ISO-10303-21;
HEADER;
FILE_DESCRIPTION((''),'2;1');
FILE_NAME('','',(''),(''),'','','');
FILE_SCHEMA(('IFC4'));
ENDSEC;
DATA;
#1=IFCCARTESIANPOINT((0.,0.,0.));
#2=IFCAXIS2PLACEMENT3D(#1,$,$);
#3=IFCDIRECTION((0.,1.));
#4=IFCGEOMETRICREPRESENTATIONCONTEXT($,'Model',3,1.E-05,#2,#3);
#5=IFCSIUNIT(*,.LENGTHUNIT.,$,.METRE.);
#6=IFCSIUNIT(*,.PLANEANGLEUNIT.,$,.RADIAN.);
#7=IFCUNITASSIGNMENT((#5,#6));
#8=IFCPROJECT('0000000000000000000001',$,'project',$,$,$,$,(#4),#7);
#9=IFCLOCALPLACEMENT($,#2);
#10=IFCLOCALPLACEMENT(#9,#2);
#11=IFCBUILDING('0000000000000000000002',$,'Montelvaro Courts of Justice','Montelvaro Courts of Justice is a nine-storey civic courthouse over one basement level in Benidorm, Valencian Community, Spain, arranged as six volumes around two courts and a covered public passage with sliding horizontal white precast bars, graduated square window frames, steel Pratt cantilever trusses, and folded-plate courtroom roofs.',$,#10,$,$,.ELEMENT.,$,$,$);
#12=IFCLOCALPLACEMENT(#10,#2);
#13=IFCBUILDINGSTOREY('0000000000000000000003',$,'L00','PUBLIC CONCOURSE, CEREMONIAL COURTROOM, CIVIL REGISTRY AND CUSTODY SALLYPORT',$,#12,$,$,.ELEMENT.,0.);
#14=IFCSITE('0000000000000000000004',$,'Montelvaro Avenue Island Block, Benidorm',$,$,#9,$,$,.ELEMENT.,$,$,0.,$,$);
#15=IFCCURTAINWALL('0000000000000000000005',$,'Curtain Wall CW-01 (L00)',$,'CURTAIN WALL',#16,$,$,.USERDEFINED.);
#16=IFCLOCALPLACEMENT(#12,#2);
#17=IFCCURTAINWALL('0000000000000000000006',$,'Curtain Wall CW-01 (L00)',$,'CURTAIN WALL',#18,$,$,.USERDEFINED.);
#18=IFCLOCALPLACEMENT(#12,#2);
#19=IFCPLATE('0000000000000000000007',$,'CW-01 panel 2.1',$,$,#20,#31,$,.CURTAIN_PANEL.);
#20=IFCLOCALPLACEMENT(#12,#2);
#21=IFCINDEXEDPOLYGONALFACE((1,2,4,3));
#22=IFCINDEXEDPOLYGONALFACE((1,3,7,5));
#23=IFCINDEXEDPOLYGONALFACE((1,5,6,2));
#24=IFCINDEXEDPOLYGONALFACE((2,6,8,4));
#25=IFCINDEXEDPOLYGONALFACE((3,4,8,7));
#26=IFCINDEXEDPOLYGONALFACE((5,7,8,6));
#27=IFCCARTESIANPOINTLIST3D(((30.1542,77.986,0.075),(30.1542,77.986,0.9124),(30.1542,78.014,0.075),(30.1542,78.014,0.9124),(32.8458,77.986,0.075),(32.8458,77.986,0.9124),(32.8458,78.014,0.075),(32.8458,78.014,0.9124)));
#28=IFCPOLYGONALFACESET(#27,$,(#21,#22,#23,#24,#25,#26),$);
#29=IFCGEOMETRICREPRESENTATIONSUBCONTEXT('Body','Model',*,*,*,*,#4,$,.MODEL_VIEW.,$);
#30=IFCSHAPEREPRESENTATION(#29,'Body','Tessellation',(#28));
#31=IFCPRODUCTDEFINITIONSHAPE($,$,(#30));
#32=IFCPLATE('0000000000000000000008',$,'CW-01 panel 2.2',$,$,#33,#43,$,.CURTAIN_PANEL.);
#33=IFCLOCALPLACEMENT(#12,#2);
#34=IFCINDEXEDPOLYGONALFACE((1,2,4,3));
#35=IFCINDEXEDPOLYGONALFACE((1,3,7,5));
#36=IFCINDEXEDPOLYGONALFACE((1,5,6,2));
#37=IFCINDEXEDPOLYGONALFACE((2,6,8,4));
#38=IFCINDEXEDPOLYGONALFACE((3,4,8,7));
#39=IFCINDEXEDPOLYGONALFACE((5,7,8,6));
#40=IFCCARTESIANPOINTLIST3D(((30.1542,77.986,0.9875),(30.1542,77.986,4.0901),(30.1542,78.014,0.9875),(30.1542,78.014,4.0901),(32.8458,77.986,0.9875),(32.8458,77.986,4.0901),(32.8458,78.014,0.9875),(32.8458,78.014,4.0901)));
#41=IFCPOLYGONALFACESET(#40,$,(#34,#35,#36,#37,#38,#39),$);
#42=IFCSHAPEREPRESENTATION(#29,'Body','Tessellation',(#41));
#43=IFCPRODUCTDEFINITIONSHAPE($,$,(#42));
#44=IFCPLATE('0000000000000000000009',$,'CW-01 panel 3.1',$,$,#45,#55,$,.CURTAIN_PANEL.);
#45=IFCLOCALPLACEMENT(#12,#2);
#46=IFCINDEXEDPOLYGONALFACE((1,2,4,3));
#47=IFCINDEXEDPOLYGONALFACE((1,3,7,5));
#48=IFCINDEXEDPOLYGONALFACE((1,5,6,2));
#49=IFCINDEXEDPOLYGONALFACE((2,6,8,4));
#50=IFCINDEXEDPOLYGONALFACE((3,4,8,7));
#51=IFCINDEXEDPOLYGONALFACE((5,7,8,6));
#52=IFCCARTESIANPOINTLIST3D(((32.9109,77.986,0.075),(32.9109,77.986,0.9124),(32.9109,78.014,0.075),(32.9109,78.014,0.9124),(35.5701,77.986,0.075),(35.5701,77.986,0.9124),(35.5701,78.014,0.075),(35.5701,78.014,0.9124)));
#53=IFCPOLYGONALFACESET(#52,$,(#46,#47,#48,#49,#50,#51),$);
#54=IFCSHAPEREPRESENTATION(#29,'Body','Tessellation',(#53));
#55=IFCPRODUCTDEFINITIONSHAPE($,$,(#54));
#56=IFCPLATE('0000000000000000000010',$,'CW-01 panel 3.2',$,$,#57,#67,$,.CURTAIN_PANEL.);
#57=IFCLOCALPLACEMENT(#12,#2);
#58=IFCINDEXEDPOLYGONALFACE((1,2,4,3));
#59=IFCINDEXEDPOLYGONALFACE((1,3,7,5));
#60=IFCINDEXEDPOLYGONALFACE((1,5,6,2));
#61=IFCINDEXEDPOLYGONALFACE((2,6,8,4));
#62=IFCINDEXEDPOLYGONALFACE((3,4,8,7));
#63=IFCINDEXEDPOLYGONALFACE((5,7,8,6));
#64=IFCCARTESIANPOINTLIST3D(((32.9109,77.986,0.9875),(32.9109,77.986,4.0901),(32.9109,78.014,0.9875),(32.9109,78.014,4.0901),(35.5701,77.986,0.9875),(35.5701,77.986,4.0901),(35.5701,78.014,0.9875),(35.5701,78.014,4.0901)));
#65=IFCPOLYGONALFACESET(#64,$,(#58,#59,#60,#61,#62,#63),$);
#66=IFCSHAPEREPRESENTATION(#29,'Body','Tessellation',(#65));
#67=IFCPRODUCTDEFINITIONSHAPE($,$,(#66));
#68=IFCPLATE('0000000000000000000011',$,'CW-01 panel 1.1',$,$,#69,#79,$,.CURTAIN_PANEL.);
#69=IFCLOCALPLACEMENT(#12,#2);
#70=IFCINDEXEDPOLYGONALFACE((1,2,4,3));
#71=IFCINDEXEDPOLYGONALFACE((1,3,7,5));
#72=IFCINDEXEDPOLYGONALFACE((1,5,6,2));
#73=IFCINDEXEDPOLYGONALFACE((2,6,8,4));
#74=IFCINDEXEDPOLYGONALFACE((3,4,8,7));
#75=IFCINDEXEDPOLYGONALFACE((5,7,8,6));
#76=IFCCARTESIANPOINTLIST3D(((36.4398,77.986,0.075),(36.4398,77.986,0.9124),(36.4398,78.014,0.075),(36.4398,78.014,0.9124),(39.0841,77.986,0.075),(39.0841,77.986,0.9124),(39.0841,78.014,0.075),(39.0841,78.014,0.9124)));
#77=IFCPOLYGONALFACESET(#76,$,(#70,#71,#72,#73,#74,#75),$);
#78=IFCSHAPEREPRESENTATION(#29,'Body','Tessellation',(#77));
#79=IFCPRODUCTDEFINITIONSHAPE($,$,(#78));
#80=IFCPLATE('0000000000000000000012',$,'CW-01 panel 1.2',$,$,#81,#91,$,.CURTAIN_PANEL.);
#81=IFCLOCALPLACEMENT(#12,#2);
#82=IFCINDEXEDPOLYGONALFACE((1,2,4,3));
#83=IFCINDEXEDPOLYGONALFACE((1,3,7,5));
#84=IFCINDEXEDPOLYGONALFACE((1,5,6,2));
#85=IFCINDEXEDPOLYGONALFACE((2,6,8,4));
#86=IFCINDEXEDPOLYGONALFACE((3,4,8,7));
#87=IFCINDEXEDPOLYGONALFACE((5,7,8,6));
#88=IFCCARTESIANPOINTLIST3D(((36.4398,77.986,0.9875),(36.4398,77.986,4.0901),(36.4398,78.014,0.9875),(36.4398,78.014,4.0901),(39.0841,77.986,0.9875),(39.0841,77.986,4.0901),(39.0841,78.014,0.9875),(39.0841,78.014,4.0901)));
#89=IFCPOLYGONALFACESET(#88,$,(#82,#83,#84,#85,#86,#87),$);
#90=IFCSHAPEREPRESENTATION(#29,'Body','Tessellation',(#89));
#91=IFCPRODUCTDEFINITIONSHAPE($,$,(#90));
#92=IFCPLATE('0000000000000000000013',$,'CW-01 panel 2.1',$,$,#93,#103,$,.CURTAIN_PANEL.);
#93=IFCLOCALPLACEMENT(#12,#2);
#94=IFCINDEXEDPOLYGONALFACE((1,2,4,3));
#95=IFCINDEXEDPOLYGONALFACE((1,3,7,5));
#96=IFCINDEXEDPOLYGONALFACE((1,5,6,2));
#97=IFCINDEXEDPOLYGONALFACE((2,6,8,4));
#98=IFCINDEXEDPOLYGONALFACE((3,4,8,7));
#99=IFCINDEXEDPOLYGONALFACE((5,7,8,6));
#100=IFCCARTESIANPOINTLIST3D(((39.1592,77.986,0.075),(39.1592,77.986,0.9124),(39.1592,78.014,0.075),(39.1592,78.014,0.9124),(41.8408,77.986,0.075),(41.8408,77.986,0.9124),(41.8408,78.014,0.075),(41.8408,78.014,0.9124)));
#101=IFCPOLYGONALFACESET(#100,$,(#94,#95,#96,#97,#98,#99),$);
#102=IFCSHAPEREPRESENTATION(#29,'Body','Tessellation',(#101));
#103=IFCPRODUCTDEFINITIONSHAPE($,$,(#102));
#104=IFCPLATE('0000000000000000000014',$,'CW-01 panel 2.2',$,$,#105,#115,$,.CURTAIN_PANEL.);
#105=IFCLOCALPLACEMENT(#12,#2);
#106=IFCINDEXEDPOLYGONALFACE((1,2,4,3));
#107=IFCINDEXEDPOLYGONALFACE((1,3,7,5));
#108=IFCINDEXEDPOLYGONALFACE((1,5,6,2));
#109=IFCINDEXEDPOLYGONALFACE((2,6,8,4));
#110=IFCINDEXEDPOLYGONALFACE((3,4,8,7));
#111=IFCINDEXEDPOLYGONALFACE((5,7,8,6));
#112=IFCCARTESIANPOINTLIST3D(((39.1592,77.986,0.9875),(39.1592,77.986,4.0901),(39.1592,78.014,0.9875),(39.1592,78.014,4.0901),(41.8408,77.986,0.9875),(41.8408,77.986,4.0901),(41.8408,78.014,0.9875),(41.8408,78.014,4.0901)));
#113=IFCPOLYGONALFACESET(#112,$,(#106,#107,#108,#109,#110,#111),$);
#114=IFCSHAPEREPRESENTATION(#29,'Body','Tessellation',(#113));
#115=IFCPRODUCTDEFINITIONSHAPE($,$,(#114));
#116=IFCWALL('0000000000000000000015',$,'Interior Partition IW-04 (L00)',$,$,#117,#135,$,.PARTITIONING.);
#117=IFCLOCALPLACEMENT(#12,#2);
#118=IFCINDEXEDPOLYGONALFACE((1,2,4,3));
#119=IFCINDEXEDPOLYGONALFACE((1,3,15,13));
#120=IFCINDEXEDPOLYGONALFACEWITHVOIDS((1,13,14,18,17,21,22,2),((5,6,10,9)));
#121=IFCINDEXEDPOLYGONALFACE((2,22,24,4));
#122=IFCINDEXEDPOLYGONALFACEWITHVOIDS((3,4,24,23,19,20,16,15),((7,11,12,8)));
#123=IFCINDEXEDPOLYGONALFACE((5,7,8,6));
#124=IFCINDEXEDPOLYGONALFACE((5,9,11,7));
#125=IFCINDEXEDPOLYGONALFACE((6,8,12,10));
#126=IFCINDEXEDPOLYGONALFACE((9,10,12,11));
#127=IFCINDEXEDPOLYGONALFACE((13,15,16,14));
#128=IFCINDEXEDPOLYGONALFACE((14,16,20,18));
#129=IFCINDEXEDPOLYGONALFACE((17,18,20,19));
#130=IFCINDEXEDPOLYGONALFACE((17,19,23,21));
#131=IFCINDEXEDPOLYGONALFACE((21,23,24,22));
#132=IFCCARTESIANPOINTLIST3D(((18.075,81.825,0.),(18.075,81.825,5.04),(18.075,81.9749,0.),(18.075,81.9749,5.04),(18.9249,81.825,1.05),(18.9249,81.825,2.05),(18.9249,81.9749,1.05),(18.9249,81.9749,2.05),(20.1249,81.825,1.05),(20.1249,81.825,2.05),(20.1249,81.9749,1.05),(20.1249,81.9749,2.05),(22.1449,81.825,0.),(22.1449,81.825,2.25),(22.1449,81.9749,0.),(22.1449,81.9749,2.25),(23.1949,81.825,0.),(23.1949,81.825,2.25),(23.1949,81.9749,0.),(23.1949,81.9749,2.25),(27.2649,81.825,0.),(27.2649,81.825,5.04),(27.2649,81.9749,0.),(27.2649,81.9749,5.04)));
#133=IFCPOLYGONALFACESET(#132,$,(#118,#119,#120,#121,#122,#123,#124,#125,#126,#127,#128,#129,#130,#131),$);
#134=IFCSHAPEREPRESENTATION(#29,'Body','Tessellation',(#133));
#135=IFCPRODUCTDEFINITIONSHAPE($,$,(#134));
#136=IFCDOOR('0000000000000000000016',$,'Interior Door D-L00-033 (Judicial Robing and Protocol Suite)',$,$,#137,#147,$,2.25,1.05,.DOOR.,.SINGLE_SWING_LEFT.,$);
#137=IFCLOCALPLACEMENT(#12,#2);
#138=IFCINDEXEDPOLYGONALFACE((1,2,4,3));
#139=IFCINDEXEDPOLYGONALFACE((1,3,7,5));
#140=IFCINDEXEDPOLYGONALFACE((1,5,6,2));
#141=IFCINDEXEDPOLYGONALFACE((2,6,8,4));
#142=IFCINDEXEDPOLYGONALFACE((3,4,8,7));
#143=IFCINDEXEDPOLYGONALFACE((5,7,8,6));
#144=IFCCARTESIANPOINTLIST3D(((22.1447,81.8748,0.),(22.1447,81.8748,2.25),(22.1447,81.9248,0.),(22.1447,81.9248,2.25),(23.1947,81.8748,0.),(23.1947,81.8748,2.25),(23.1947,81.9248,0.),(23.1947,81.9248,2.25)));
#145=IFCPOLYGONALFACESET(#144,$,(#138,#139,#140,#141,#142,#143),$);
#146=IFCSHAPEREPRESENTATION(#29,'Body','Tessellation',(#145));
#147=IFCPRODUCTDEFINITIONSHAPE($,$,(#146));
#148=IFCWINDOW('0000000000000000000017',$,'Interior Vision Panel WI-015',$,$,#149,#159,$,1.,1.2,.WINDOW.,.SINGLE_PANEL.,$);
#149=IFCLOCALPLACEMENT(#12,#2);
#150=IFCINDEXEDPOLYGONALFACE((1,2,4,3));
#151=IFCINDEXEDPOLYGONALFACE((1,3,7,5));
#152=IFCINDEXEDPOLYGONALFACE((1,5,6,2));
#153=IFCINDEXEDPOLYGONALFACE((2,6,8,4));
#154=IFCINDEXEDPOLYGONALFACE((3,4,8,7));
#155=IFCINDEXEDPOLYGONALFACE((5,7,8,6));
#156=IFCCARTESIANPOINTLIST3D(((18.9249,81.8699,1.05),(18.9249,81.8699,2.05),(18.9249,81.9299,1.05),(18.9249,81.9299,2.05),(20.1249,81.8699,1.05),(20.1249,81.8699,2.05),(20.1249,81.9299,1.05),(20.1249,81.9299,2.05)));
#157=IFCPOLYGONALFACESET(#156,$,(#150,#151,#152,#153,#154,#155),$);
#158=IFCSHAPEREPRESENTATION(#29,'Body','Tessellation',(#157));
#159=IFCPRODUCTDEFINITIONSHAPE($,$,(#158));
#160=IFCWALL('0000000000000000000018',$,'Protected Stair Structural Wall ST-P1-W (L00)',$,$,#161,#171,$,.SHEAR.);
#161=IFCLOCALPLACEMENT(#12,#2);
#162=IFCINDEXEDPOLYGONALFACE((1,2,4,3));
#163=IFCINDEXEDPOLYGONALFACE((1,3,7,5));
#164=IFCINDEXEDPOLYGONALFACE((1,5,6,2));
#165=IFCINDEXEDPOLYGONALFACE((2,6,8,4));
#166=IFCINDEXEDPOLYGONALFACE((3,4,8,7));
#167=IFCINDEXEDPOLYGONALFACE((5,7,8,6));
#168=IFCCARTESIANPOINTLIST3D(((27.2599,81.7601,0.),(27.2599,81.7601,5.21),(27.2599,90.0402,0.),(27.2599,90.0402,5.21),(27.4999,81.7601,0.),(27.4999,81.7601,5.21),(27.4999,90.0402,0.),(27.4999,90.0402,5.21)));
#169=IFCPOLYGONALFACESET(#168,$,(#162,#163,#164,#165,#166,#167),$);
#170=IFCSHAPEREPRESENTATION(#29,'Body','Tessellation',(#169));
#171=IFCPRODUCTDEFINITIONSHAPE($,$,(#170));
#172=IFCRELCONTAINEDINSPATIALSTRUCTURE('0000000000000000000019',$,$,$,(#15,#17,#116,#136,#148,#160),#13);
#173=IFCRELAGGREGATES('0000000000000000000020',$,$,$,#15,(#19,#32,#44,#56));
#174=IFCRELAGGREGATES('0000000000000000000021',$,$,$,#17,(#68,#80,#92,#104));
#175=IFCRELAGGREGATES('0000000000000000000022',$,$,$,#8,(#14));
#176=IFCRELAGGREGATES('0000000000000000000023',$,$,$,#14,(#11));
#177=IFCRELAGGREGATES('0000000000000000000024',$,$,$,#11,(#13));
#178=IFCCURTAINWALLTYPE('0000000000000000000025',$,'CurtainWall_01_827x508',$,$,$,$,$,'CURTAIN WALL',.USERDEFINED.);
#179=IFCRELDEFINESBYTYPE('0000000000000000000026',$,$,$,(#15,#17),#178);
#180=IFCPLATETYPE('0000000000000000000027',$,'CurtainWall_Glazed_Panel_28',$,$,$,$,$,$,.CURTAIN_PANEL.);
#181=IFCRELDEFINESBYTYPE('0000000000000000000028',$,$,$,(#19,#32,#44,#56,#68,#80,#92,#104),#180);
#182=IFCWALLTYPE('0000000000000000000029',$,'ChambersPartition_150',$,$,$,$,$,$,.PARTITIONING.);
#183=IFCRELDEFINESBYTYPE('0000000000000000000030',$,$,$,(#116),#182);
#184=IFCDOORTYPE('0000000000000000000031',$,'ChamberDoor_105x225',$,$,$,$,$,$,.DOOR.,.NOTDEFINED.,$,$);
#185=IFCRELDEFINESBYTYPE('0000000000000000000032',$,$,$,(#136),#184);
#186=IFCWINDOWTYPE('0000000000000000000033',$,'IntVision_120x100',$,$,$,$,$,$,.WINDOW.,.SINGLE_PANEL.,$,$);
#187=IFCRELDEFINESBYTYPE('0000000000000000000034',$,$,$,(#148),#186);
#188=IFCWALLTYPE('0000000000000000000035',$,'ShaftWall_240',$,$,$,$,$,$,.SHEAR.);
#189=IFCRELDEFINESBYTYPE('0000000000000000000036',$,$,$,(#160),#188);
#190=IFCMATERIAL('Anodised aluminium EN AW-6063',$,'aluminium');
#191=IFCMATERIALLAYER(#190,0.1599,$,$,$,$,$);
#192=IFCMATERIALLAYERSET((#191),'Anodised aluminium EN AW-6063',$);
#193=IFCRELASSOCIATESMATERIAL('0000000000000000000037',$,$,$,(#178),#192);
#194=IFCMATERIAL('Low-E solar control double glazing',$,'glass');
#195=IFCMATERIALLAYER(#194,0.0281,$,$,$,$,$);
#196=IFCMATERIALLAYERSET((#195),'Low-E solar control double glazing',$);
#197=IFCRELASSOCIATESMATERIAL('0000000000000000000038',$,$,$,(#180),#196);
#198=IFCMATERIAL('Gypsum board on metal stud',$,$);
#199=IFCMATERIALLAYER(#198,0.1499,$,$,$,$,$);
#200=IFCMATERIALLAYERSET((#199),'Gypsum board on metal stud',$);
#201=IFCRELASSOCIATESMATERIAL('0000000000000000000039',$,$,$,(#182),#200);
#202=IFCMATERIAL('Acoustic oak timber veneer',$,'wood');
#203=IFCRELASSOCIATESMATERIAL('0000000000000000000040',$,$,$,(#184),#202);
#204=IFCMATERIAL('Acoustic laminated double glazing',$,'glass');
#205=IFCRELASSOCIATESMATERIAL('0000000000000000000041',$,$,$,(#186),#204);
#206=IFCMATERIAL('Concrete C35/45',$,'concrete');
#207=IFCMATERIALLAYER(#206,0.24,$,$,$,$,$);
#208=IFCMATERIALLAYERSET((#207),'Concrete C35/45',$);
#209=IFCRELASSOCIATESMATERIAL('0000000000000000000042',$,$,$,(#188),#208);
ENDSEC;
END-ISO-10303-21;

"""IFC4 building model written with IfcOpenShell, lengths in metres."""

from ifc_helpers import new_model, si_unit, direction, frame, frame_2d, origin, origin_2d, place, context, subcontext, project, spatial, rectangle, extrude, material, layer, layer_set, type_object, element, fill, aggregate, save


model = new_model("IFC4")

# Units and contexts
model_context = context("Model", 3, precision=1e-05, world=origin(), true_north=direction((0.0, 1.0)))
body_context = subcontext(model_context, "Body", "Model", "MODEL_VIEW")
ifc_project = project(units=[si_unit("LENGTHUNIT", "METRE"), si_unit("PLANEANGLEUNIT", "RADIAN")], contexts=[model_context])

# Site, building, storey
site_placement = place(None, origin())
site = spatial("IfcSite", under=ifc_project, at=site_placement, Name="Montelvaro Avenue Island Block, Benidorm", CompositionType="ELEMENT", RefElevation=0.0)
building_placement = place(site_placement, origin())
building = spatial("IfcBuilding", under=site, at=building_placement, Name="Montelvaro Courts of Justice", Description="Montelvaro Courts of Justice is a nine-storey civic courthouse over one basement level in Benidorm, Valencian Community, Spain, arranged as six volumes around two courts and a covered public passage with sliding horizontal white precast bars, graduated square window frames, steel Pratt cantilever trusses, and folded-plate courtroom roofs.", CompositionType="ELEMENT")
storey_placement = place(building_placement, origin())
storey = spatial("IfcBuildingStorey", under=building, at=storey_placement, Name="L00", Description="PUBLIC CONCOURSE, CEREMONIAL COURTROOM, CIVIL REGISTRY AND CUSTODY SALLYPORT", CompositionType="ELEMENT", Elevation=0.0)

# Curtain walls
ifc_material_1 = material(Name="Anodised aluminium EN AW-6063", Category="aluminium")
ifc_layer_1 = layer(ifc_material_1, 0.1599)
ifc_layer_set_1 = layer_set([ifc_layer_1], Name="Anodised aluminium EN AW-6063")
curtain_wall_type = type_object("IfcCurtainWallType", Name="CurtainWall_01_827x508", ElementType="CURTAIN WALL", PredefinedType="USERDEFINED", material=ifc_layer_set_1)
curtain_wall_1_placement = place(storey_placement, origin())
curtain_wall_1 = element("IfcCurtainWall", 1, at=curtain_wall_1_placement, inside=storey, type_object=curtain_wall_type, Name="Curtain Wall CW-01 (L00)", ObjectType="CURTAIN WALL", PredefinedType="USERDEFINED")
curtain_wall_2_placement = place(storey_placement, origin())
curtain_wall_2 = element("IfcCurtainWall", 2, at=curtain_wall_2_placement, inside=storey, type_object=curtain_wall_type, Name="Curtain Wall CW-01 (L00)", ObjectType="CURTAIN WALL", PredefinedType="USERDEFINED")

# Plates
ifc_material_2 = material(Name="Low-E solar control double glazing", Category="glass")
ifc_layer_2 = layer(ifc_material_2, 0.0281)
ifc_layer_set_2 = layer_set([ifc_layer_2], Name="Low-E solar control double glazing")
plate_type = type_object("IfcPlateType", Name="CurtainWall_Glazed_Panel_28", PredefinedType="CURTAIN_PANEL", material=ifc_layer_set_2)
plate_1_placement = place(storey_placement, frame((31.5, 78.0, 0.075), z_axis=(0.0, 0.0, 1.0), x_axis=(1.0, 0.0, 0.0)))
plate_1 = element("IfcPlate", 3, at=plate_1_placement, type_object=plate_type, Name="CW-01 panel 2.1", PredefinedType="CURTAIN_PANEL", context=body_context, shape_type="SweptSolid", body=[
    extrude(rectangle(XDim=2.6917, YDim=0.0281, at=origin_2d()), origin(), (0.0, 0.0, 1.0), 0.8374),
])
plate_2_placement = place(storey_placement, frame((31.5, 78.0, 0.9875), z_axis=(0.0, 0.0, 1.0), x_axis=(1.0, 0.0, 0.0)))
plate_2 = element("IfcPlate", 4, at=plate_2_placement, type_object=plate_type, Name="CW-01 panel 2.2", PredefinedType="CURTAIN_PANEL", context=body_context, shape_type="SweptSolid", body=[
    extrude(rectangle(XDim=2.6917, YDim=0.0281, at=origin_2d()), origin(), (0.0, 0.0, 1.0), 3.1025),
])
plate_3_placement = place(storey_placement, frame((34.2405, 78.0, 0.075), z_axis=(0.0, 0.0, 1.0), x_axis=(1.0, 0.0, 0.0)))
plate_3 = element("IfcPlate", 5, at=plate_3_placement, type_object=plate_type, Name="CW-01 panel 3.1", PredefinedType="CURTAIN_PANEL", context=body_context, shape_type="SweptSolid", body=[
    extrude(rectangle(XDim=2.6592, YDim=0.0281, at=origin_2d()), origin(), (0.0, 0.0, 1.0), 0.8374),
])
plate_4_placement = place(storey_placement, frame((34.2405, 78.0, 0.9875), z_axis=(0.0, 0.0, 1.0), x_axis=(1.0, 0.0, 0.0)))
plate_4 = element("IfcPlate", 6, at=plate_4_placement, type_object=plate_type, Name="CW-01 panel 3.2", PredefinedType="CURTAIN_PANEL", context=body_context, shape_type="SweptSolid", body=[
    extrude(rectangle(XDim=2.6592, YDim=0.0281, at=origin_2d()), origin(), (0.0, 0.0, 1.0), 3.1025),
])
aggregate(curtain_wall_1, [plate_1, plate_2, plate_3, plate_4])
plate_5_placement = place(storey_placement, frame((37.762, 78.0, 0.075), z_axis=(0.0, 0.0, 1.0), x_axis=(1.0, 0.0, 0.0)))
plate_5 = element("IfcPlate", 7, at=plate_5_placement, type_object=plate_type, Name="CW-01 panel 1.1", PredefinedType="CURTAIN_PANEL", context=body_context, shape_type="SweptSolid", body=[
    extrude(rectangle(XDim=2.6443, YDim=0.0281, at=origin_2d()), origin(), (0.0, 0.0, 1.0), 0.8374),
])
plate_6_placement = place(storey_placement, frame((37.762, 78.0, 0.9875), z_axis=(0.0, 0.0, 1.0), x_axis=(1.0, 0.0, 0.0)))
plate_6 = element("IfcPlate", 8, at=plate_6_placement, type_object=plate_type, Name="CW-01 panel 1.2", PredefinedType="CURTAIN_PANEL", context=body_context, shape_type="SweptSolid", body=[
    extrude(rectangle(XDim=2.6443, YDim=0.0281, at=origin_2d()), origin(), (0.0, 0.0, 1.0), 3.1025),
])
plate_7_placement = place(storey_placement, frame((40.5, 78.0, 0.075), z_axis=(0.0, 0.0, 1.0), x_axis=(1.0, 0.0, 0.0)))
plate_7 = element("IfcPlate", 9, at=plate_7_placement, type_object=plate_type, Name="CW-01 panel 2.1", PredefinedType="CURTAIN_PANEL", context=body_context, shape_type="SweptSolid", body=[
    extrude(rectangle(XDim=2.6816, YDim=0.0281, at=origin_2d()), origin(), (0.0, 0.0, 1.0), 0.8374),
])
plate_8_placement = place(storey_placement, frame((40.5, 78.0, 0.9875), z_axis=(0.0, 0.0, 1.0), x_axis=(1.0, 0.0, 0.0)))
plate_8 = element("IfcPlate", 10, at=plate_8_placement, type_object=plate_type, Name="CW-01 panel 2.2", PredefinedType="CURTAIN_PANEL", context=body_context, shape_type="SweptSolid", body=[
    extrude(rectangle(XDim=2.6816, YDim=0.0281, at=origin_2d()), origin(), (0.0, 0.0, 1.0), 3.1025),
])
aggregate(curtain_wall_2, [plate_5, plate_6, plate_7, plate_8])

# Wall, openings, door, window
ifc_material_3 = material(Name="Gypsum board on metal stud")
ifc_layer_3 = layer(ifc_material_3, 0.1499)
ifc_layer_set_3 = layer_set([ifc_layer_3], Name="Gypsum board on metal stud")
wall_type_1 = type_object("IfcWallType", Name="ChambersPartition_150", PredefinedType="PARTITIONING", material=ifc_layer_set_3)
wall_1_placement = place(storey_placement, frame((27.2649, 81.8999, 0.0), z_axis=(0.0, 0.0, 1.0), x_axis=(-1.0, 0.0, 0.0)))
wall_1 = element("IfcWall", 11, at=wall_1_placement, inside=storey, type_object=wall_type_1, Name="Interior Partition IW-04 (L00)", PredefinedType="PARTITIONING", context=body_context, shape_type="SweptSolid", body=[
    extrude(rectangle(XDim=9.1899, YDim=0.1499, at=frame_2d((4.595, 0.0))), origin(), (0.0, 0.0, 1.0), 5.04),
])
opening_1_placement = place(wall_1_placement, frame((4.0701, 0.0, 0.0)))
opening_1 = element("IfcOpeningElement", 12, at=opening_1_placement, cuts=wall_1, PredefinedType="OPENING", context=body_context, shape_type="SweptSolid", body=[
    extrude(rectangle(XDim=1.05, YDim=2.25, at=frame_2d((0.5249, 1.125))), frame((0.0, 0.0898, 0.0), z_axis=(0.0, -1.0, 0.0), x_axis=(1.0, 0.0, 0.0)), (0.0, 0.0, 1.0), 0.1797),
])
opening_2_placement = place(wall_1_placement, frame((7.1399, 0.0, 1.05)))
opening_2 = element("IfcOpeningElement", 13, at=opening_2_placement, cuts=wall_1, PredefinedType="OPENING", context=body_context, shape_type="SweptSolid", body=[
    extrude(rectangle(XDim=1.2, YDim=1.0, at=frame_2d((0.6001, 0.5))), frame((0.0, 0.0898, 0.0), z_axis=(0.0, -1.0, 0.0), x_axis=(1.0, 0.0, 0.0)), (0.0, 0.0, 1.0), 0.1797),
])
ifc_material_4 = material(Name="Acoustic oak timber veneer", Category="wood")
door_type_1 = type_object("IfcDoorType", Name="ChamberDoor_105x225", OperationType="NOTDEFINED", PredefinedType="DOOR", material=ifc_material_4)
door_1_placement = place(opening_1_placement, frame((1.05, 0.0, 0.0), z_axis=(0.0, 0.0, 1.0), x_axis=(-1.0, 0.0, 0.0)))
door_1 = element("IfcDoor", 14, at=door_1_placement, inside=storey, type_object=door_type_1, Name="Interior Door D-L00-033 (Judicial Robing and Protocol Suite)", OperationType="SINGLE_SWING_LEFT", OverallHeight=2.25, OverallWidth=1.05, PredefinedType="DOOR", context=body_context, shape_type="SweptSolid", body=[
    extrude(rectangle(XDim=1.05, YDim=2.25, at=frame_2d((0.5249, 1.125))), frame((0.0, 0.0249, 0.0), z_axis=(0.0, -1.0, 0.0), x_axis=(1.0, 0.0, 0.0)), (0.0, 0.0, 1.0), 0.05),
])
fill(opening_1, door_1)
ifc_material_5 = material(Name="Acoustic laminated double glazing", Category="glass")
window_type = type_object("IfcWindowType", Name="IntVision_120x100", PartitioningType="SINGLE_PANEL", PredefinedType="WINDOW", material=ifc_material_5)
window_placement = place(opening_2_placement, origin())
window = element("IfcWindow", 15, at=window_placement, inside=storey, type_object=window_type, Name="Interior Vision Panel WI-015", OverallHeight=1.0, OverallWidth=1.2, PartitioningType="SINGLE_PANEL", PredefinedType="WINDOW", context=body_context, shape_type="SweptSolid", body=[
    extrude(rectangle(XDim=1.2, YDim=1.0, at=frame_2d((0.6001, 0.5))), frame((0.0, 0.03, 0.0), z_axis=(0.0, -1.0, 0.0), x_axis=(1.0, 0.0, 0.0)), (0.0, 0.0, 1.0), 0.0601),
])
fill(opening_2, window)

# Wall
ifc_material_6 = material(Name="Concrete C35/45", Category="concrete")
ifc_layer_4 = layer(ifc_material_6, 0.24)
ifc_layer_set_4 = layer_set([ifc_layer_4], Name="Concrete C35/45")
wall_type_2 = type_object("IfcWallType", Name="ShaftWall_240", PredefinedType="SHEAR", material=ifc_layer_set_4)
wall_2_placement = place(storey_placement, frame((27.3799, 81.76, 0.0), z_axis=(0.0, 0.0, 1.0), x_axis=(0.0, 1.0, 0.0)))
element("IfcWall", 16, at=wall_2_placement, inside=storey, type_object=wall_type_2, Name="Protected Stair Structural Wall ST-P1-W (L00)", PredefinedType="SHEAR", context=body_context, shape_type="SweptSolid", body=[
    extrude(rectangle(XDim=8.28, YDim=0.24, at=frame_2d((4.1401, 0.0))), origin(), (0.0, 0.0, 1.0), 5.21),
])

save(model, "model.ifc")
